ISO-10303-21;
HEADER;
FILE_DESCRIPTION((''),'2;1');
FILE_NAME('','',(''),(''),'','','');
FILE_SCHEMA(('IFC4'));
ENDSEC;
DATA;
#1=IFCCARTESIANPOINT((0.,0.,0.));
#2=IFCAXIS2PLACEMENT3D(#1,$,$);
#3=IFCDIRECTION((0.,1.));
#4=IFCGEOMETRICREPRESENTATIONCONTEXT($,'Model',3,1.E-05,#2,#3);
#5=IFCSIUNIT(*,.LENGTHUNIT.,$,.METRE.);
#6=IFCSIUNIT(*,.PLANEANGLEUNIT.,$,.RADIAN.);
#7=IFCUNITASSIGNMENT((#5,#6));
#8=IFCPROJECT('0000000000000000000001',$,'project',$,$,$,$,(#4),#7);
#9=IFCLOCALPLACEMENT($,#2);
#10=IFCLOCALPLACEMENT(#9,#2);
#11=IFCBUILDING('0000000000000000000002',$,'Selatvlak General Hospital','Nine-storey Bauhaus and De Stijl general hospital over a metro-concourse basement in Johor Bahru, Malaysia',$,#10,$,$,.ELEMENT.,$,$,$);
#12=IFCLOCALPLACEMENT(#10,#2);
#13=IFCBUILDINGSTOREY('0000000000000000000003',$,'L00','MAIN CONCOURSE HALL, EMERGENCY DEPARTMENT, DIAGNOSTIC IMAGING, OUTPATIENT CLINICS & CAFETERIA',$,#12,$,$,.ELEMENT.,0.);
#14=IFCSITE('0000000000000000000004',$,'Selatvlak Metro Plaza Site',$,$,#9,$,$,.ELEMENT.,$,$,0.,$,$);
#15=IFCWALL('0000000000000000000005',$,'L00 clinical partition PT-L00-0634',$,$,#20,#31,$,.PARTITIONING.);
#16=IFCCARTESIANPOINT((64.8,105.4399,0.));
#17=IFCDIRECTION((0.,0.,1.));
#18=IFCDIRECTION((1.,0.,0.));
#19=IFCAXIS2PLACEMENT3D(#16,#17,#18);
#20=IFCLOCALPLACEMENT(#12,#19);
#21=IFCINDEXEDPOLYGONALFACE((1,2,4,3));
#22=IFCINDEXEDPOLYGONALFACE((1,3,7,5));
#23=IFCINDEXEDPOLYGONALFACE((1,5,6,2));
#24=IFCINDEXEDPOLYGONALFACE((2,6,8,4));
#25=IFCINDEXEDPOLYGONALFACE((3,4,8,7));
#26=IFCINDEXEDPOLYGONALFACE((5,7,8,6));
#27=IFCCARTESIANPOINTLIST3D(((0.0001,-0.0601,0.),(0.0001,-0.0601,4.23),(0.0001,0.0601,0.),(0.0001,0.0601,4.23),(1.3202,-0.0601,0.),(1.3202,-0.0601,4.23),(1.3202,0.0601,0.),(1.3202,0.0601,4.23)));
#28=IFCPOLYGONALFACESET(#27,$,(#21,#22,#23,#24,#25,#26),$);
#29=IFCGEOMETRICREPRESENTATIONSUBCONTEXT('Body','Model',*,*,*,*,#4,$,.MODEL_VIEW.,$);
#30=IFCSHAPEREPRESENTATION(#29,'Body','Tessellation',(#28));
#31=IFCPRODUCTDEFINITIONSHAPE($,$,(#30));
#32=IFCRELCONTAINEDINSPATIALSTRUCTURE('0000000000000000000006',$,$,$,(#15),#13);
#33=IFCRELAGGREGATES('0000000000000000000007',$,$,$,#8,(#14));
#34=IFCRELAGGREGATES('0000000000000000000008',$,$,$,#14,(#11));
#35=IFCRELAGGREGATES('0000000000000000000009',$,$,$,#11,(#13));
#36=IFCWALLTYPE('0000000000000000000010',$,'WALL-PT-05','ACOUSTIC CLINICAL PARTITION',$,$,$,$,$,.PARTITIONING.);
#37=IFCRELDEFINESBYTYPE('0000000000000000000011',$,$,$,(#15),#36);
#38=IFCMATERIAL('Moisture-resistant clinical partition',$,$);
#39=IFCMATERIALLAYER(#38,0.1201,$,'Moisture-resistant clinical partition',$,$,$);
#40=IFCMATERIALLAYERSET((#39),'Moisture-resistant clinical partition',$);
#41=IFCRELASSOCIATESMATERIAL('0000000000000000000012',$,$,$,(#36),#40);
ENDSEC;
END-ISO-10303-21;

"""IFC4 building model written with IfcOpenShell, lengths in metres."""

from ifc_helpers import new_model, si_unit, direction, frame, frame_2d, origin, place, context, subcontext, project, spatial, rectangle, extrude, material, layer, layer_set, type_object, element, save


model = new_model("IFC4")

# Units and contexts
model_context = context("Model", 3, precision=1e-05, world=origin(), true_north=direction((0.0, 1.0)))
body_context = subcontext(model_context, "Body", "Model", "MODEL_VIEW")
ifc_project = project(units=[si_unit("LENGTHUNIT", "METRE"), si_unit("PLANEANGLEUNIT", "RADIAN")], contexts=[model_context])

# Site, building, storey
site_placement = place(None, origin())
site = spatial("IfcSite", under=ifc_project, at=site_placement, Name="Selatvlak Metro Plaza Site", CompositionType="ELEMENT", RefElevation=0.0)
building_placement = place(site_placement, origin())
building = spatial("IfcBuilding", under=site, at=building_placement, Name="Selatvlak General Hospital", Description="Nine-storey Bauhaus and De Stijl general hospital over a metro-concourse basement in Johor Bahru, Malaysia", CompositionType="ELEMENT")
storey_placement = place(building_placement, origin())
storey = spatial("IfcBuildingStorey", under=building, at=storey_placement, Name="L00", Description="MAIN CONCOURSE HALL, EMERGENCY DEPARTMENT, DIAGNOSTIC IMAGING, OUTPATIENT CLINICS & CAFETERIA", CompositionType="ELEMENT", Elevation=0.0)

# Wall
ifc_material_1 = material(Name="Moisture-resistant clinical partition")
ifc_layer_1 = layer(ifc_material_1, 0.1201, Name="Moisture-resistant clinical partition")
ifc_layer_set_1 = layer_set([ifc_layer_1], Name="Moisture-resistant clinical partition")
wall_type_1 = type_object("IfcWallType", Name="WALL-PT-05", Description="ACOUSTIC CLINICAL PARTITION", PredefinedType="PARTITIONING", material=ifc_layer_set_1)
wall_1_placement = place(storey_placement, frame((64.8, 105.4399, 0.0), z_axis=(0.0, 0.0, 1.0), x_axis=(1.0, 0.0, 0.0)))
element("IfcWall", 1, at=wall_1_placement, inside=storey, type_object=wall_type_1, Name="L00 clinical partition PT-L00-0634", PredefinedType="PARTITIONING", context=body_context, shape_type="SweptSolid", body=[
    extrude(rectangle(XDim=1.3201, YDim=0.1201, at=frame_2d((0.6602, 0.0))), origin(), (0.0, 0.0, 1.0), 4.23),
])

save(model, "model.ifc")
